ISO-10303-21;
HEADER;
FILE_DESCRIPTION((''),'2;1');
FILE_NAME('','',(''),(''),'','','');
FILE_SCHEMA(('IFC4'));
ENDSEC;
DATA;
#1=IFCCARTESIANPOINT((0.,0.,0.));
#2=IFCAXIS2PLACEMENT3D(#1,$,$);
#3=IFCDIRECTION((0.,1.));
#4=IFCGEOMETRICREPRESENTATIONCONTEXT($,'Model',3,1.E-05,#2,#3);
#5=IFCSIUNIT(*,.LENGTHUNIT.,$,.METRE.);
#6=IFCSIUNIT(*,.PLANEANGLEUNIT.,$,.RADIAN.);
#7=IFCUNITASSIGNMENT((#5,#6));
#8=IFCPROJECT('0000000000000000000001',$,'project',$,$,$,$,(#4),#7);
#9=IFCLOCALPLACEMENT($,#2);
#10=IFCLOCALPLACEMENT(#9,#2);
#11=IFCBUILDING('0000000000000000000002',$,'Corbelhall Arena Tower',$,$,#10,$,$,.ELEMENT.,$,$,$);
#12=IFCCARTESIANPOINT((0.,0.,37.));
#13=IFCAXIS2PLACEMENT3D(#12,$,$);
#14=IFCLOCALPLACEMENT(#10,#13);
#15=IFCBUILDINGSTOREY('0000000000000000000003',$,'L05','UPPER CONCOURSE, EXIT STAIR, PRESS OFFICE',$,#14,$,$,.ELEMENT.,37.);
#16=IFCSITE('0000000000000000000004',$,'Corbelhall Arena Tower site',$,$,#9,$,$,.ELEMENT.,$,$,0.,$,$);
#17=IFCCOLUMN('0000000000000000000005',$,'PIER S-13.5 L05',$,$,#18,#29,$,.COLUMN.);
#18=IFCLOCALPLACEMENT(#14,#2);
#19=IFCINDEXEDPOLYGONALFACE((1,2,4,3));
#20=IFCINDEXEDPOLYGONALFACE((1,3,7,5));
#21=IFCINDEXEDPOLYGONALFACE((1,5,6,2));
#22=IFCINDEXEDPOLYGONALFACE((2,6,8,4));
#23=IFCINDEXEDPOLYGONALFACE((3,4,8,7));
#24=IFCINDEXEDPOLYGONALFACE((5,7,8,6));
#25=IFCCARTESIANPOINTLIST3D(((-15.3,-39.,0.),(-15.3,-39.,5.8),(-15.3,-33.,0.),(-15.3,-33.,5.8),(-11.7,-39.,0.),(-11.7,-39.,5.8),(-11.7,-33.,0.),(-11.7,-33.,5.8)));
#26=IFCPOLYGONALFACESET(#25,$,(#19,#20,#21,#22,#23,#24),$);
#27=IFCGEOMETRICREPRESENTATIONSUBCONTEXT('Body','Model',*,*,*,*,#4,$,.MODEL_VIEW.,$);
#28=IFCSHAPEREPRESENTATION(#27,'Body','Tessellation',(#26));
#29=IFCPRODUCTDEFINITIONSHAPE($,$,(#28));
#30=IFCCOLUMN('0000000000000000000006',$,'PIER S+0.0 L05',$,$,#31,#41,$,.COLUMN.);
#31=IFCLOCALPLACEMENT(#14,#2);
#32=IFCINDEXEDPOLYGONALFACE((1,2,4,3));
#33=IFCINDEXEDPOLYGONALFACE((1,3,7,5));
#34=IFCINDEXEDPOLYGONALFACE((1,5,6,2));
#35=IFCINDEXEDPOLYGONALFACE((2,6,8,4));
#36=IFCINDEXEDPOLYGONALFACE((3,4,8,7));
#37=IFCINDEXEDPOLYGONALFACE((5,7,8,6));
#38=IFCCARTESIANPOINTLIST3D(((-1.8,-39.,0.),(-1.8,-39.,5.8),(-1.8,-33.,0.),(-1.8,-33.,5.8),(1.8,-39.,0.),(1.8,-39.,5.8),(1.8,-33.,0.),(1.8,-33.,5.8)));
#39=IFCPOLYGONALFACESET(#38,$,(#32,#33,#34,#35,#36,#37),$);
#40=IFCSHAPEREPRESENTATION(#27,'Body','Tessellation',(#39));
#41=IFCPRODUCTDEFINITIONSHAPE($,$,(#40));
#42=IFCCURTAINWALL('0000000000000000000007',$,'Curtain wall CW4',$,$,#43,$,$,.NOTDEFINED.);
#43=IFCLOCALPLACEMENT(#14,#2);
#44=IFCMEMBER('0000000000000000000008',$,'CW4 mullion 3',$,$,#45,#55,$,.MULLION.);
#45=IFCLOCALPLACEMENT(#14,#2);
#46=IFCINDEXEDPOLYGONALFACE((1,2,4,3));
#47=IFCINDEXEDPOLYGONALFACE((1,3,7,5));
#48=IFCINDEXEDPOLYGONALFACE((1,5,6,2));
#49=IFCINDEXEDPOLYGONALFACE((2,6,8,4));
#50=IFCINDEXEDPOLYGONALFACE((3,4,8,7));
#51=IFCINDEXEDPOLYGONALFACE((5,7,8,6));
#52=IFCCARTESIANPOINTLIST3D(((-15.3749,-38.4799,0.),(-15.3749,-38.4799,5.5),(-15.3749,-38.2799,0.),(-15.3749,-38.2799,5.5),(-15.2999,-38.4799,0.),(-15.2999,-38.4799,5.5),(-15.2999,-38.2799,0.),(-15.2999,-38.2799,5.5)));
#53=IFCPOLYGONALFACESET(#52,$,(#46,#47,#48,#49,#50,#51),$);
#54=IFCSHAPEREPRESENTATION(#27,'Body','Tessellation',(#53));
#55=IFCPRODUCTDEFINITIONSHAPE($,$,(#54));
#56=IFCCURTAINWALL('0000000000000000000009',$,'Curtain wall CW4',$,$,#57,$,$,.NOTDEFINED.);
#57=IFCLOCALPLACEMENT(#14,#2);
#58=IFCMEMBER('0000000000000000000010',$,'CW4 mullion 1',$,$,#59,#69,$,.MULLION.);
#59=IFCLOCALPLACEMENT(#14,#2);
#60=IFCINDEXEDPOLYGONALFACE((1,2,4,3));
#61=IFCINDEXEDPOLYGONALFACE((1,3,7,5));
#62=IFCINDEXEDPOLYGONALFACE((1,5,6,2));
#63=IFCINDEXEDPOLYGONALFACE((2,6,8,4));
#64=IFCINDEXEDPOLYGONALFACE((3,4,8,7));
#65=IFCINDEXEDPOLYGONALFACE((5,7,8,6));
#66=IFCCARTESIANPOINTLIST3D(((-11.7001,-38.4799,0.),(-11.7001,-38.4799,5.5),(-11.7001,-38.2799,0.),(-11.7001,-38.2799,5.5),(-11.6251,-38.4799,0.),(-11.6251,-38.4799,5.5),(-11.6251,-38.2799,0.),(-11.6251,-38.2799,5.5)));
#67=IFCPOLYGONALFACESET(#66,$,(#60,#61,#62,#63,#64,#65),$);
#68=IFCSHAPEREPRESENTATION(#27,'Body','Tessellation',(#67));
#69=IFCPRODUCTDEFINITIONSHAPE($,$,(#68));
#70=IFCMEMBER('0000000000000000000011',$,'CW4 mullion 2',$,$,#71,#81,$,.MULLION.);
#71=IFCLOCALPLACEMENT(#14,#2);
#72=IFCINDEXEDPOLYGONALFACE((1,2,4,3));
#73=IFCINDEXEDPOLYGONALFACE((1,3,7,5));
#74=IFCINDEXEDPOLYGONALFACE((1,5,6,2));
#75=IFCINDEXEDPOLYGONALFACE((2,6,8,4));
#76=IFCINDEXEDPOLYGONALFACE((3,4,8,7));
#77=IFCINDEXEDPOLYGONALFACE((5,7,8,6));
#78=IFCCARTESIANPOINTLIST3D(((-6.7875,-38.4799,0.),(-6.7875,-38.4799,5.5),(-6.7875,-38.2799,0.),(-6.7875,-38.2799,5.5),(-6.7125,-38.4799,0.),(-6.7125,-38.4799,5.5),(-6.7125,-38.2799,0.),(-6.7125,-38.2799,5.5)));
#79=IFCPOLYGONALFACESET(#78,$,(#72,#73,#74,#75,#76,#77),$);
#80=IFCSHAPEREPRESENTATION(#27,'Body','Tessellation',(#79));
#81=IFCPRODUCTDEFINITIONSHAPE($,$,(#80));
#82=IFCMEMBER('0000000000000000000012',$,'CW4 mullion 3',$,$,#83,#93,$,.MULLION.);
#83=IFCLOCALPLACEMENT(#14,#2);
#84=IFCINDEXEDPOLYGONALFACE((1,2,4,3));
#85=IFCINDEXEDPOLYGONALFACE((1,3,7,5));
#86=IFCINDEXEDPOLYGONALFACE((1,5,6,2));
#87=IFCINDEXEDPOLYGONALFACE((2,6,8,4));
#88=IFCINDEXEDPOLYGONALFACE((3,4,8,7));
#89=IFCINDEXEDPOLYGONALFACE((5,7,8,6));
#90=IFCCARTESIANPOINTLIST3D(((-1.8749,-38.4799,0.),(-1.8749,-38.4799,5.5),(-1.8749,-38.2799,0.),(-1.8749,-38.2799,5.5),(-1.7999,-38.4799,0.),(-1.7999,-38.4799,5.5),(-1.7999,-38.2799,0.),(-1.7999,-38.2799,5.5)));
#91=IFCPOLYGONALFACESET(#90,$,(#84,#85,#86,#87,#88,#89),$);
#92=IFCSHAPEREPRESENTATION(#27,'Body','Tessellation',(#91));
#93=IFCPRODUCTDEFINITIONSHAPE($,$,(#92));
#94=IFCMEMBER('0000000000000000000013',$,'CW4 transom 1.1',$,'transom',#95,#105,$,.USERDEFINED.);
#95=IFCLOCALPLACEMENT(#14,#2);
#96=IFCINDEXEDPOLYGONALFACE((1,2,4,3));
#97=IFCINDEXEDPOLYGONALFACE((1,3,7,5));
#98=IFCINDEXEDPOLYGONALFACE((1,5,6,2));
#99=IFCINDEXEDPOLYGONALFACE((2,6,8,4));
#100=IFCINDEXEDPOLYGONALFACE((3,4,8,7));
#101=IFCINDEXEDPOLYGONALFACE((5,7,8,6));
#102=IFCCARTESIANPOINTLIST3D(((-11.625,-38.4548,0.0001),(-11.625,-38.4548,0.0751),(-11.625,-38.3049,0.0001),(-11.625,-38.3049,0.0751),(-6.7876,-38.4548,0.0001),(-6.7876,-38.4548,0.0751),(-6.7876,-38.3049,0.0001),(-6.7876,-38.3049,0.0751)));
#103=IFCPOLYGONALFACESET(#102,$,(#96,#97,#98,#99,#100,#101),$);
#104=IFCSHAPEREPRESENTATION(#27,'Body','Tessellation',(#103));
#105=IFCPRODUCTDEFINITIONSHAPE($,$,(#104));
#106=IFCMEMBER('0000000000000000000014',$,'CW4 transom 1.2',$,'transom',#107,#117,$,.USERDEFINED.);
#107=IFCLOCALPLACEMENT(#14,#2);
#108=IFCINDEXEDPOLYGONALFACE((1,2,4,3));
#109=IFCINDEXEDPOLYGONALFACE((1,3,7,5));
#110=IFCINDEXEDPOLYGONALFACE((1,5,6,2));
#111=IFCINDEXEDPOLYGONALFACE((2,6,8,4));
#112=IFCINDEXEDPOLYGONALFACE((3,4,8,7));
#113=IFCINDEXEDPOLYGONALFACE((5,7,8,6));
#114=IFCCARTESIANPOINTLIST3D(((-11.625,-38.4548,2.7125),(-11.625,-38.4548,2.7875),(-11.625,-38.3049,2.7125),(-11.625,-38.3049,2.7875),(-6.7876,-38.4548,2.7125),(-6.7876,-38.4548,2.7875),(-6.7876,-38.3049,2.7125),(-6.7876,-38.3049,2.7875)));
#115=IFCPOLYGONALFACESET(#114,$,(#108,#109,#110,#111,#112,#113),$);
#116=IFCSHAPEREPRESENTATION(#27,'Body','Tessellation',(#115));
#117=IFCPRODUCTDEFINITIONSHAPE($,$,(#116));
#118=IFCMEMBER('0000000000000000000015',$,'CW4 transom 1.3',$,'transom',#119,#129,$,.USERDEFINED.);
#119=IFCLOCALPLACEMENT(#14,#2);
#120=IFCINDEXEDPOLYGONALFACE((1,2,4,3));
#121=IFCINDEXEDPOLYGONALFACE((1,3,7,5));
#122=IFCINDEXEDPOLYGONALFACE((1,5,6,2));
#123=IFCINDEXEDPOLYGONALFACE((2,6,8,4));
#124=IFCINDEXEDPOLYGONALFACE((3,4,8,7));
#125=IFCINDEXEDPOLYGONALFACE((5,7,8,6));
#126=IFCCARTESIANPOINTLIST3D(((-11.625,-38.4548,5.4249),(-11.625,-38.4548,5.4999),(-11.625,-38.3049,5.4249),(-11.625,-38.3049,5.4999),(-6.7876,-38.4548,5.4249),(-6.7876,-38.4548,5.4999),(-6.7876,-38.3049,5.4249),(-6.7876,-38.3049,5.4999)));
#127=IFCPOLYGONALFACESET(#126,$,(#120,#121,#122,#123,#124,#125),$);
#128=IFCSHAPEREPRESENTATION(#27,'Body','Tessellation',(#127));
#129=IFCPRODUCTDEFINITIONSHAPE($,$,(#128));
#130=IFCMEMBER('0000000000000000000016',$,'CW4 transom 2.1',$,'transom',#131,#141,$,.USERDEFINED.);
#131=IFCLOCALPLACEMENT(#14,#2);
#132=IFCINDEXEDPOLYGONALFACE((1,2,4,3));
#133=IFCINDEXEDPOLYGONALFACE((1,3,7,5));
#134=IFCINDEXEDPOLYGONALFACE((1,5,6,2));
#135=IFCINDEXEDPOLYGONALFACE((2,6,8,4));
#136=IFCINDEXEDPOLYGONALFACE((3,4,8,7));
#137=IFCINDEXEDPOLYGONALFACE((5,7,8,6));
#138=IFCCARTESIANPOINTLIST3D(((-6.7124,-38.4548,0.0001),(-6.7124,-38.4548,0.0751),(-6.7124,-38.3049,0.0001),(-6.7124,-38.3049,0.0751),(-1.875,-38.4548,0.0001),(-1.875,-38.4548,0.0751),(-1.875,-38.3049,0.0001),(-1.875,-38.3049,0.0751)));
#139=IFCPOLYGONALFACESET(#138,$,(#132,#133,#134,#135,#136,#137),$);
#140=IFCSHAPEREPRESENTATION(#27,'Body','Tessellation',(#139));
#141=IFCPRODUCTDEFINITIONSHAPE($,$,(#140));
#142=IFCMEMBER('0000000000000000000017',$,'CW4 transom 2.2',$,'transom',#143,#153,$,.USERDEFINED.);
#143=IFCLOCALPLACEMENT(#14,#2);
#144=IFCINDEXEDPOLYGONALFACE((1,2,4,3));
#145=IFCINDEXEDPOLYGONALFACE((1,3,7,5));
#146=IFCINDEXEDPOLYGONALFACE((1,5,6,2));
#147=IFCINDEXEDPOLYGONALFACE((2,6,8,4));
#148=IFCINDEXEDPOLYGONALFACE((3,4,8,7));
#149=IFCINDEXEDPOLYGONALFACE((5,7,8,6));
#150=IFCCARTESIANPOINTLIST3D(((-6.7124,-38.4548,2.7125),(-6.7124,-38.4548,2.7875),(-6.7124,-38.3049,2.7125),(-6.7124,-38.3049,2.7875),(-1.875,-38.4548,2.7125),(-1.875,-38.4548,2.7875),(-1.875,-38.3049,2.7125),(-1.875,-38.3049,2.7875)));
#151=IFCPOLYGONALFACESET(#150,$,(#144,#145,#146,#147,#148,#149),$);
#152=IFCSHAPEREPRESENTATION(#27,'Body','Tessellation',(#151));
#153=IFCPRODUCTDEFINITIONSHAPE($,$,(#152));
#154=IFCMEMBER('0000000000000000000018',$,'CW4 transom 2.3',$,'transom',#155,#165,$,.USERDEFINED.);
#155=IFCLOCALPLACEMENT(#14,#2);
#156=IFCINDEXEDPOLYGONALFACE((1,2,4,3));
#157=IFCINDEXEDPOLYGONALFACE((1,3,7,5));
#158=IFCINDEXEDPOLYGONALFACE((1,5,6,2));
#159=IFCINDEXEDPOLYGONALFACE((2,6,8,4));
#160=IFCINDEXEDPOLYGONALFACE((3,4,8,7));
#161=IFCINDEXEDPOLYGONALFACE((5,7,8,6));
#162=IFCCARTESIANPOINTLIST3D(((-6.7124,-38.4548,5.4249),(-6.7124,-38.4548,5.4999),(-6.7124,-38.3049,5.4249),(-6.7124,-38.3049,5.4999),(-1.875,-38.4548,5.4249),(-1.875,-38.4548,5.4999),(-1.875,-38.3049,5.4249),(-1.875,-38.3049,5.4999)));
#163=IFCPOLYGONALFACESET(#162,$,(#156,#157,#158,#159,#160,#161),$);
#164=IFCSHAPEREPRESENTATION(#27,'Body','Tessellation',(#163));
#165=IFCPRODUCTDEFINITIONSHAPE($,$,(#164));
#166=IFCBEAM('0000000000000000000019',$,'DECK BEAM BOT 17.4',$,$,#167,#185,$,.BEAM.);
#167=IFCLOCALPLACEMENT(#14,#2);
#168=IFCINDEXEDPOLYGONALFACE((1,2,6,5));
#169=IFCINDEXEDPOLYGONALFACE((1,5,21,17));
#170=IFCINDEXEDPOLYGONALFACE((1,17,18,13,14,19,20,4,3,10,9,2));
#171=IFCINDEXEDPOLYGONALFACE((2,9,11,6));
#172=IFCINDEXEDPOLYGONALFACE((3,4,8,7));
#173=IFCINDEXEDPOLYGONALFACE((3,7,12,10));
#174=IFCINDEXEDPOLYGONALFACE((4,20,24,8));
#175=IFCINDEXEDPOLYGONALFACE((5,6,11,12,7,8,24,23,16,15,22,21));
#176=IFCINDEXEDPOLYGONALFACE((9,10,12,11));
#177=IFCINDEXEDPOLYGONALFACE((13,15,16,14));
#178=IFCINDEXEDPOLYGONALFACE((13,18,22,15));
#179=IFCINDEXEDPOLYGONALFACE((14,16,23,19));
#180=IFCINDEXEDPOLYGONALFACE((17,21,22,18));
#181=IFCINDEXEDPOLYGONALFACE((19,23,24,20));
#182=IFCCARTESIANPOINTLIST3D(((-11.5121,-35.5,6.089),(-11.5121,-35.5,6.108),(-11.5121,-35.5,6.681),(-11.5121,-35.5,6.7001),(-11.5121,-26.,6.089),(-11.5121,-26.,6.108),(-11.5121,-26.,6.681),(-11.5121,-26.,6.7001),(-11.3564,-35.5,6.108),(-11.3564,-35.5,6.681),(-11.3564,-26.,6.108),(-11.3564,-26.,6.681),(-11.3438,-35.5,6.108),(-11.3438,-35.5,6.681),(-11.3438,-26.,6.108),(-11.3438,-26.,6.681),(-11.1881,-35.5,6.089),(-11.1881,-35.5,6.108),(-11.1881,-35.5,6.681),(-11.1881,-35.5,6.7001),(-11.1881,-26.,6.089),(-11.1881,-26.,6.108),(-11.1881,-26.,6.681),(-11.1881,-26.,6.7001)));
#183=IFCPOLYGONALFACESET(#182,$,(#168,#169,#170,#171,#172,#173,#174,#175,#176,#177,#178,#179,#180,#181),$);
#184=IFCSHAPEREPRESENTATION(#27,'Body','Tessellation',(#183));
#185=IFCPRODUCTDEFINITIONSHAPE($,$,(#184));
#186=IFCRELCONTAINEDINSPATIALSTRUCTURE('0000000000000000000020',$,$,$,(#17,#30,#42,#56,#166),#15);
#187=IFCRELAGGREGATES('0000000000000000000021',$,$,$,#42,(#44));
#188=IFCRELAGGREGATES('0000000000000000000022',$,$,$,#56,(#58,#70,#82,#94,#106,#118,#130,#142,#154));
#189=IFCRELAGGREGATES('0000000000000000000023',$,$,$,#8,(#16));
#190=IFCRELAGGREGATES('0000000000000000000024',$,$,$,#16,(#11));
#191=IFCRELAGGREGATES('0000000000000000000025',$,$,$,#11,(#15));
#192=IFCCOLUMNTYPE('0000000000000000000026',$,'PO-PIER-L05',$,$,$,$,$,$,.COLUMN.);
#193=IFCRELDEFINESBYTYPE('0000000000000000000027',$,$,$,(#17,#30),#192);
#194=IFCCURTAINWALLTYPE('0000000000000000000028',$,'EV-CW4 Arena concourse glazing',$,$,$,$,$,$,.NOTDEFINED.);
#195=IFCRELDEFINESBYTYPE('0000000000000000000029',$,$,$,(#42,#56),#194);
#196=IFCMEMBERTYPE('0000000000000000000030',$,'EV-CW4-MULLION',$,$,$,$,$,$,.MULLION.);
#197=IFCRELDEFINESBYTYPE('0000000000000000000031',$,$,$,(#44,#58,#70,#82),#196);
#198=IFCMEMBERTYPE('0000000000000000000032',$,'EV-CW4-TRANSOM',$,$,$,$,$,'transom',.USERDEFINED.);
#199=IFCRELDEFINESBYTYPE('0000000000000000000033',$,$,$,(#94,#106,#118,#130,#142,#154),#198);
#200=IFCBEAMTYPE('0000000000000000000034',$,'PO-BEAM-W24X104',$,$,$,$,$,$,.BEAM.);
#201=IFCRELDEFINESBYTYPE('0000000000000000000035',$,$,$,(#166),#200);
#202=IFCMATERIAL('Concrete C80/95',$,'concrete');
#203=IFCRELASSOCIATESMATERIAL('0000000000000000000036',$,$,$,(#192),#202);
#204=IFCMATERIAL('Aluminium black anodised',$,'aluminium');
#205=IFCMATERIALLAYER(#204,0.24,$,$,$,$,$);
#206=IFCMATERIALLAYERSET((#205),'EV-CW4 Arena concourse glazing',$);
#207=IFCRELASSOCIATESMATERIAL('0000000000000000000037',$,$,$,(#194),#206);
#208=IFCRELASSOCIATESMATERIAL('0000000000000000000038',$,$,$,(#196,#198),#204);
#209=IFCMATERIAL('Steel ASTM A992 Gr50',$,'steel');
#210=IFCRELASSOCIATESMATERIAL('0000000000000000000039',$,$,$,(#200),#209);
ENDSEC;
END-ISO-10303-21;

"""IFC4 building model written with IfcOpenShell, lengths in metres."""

from ifc_helpers import new_model, si_unit, direction, frame, origin, origin_2d, place, context, subcontext, project, spatial, rectangle, i_section, extrude, material, layer, layer_set, material_profile, profile_set, type_object, element, aggregate, save


model = new_model("IFC4")

# Units and contexts
model_context = context("Model", 3, precision=1e-05, world=origin(), true_north=direction((0.0, 1.0)))
body_context = subcontext(model_context, "Body", "Model", "MODEL_VIEW")
ifc_project = project(units=[si_unit("LENGTHUNIT", "METRE"), si_unit("PLANEANGLEUNIT", "RADIAN")], contexts=[model_context])

# Site, building, storey
site_placement = place(None, origin())
site = spatial("IfcSite", under=ifc_project, at=site_placement, Name="Corbelhall Arena Tower site", CompositionType="ELEMENT", RefElevation=0.0)
building_placement = place(site_placement, origin())
building = spatial("IfcBuilding", under=site, at=building_placement, Name="Corbelhall Arena Tower", CompositionType="ELEMENT")
storey_placement = place(building_placement, frame((0.0, 0.0, 37.0)))
storey = spatial("IfcBuildingStorey", under=building, at=storey_placement, Name="L05", Description="UPPER CONCOURSE, EXIT STAIR, PRESS OFFICE", CompositionType="ELEMENT", Elevation=37.0)

# Columns
ifc_material_1 = material(Name="Concrete C80/95", Category="concrete")
ifc_material_profile_1 = material_profile(ifc_material_1, rectangle(XDim=3.6001, YDim=6.0, at=origin_2d()))
ifc_profile_set_1 = profile_set([ifc_material_profile_1], Name="Concrete C80/95")
column_type = type_object("IfcColumnType", Name="PO-PIER-L05", PredefinedType="COLUMN", material=ifc_profile_set_1)
for number, where, z_axis, x_axis, name in (
    (1, (-13.5, -36.0, 0.0), (0.0, 0.0, 1.0), (1.0, 0.0, 0.0), "PIER S-13.5 L05"),
    (2, (0.0, -36.0, 0.0), (0.0, 0.0, 1.0), (1.0, 0.0, 0.0), "PIER S+0.0 L05"),
):
    element("IfcColumn", number, at=place(storey_placement, frame(where, z_axis=z_axis, x_axis=x_axis)), inside=storey, type_object=column_type, Name=name, PredefinedType="COLUMN", context=body_context, shape_type="SweptSolid", body=[
        extrude(rectangle(XDim=3.6001, YDim=6.0, at=origin_2d()), origin(), (0.0, 0.0, 1.0), 5.8),
    ])

# Curtain wall, member
ifc_material_2 = material(Name="Aluminium black anodised", Category="aluminium")
ifc_layer_1 = layer(ifc_material_2, 0.24)
ifc_layer_set_1 = layer_set([ifc_layer_1], Name="EV-CW4 Arena concourse glazing")
curtain_wall_type = type_object("IfcCurtainWallType", Name="EV-CW4 Arena concourse glazing", PredefinedType="NOTDEFINED", material=ifc_layer_set_1)
curtain_wall_1_placement = place(storey_placement, origin())
curtain_wall_1 = element("IfcCurtainWall", 3, at=curtain_wall_1_placement, inside=storey, type_object=curtain_wall_type, Name="Curtain wall CW4", PredefinedType="NOTDEFINED")
ifc_material_profile_2 = material_profile(ifc_material_2, rectangle(XDim=0.2, YDim=0.075, at=origin_2d()))
ifc_profile_set_2 = profile_set([ifc_material_profile_2], Name="Aluminium black anodised")
member_type_1 = type_object("IfcMemberType", Name="EV-CW4-MULLION", PredefinedType="MULLION", material=ifc_profile_set_2)
member_1_placement = place(storey_placement, frame((-15.3374, -38.3799, 0.0), z_axis=(0.0, 0.0, 1.0), x_axis=(0.0, 1.0, 0.0)))
member_1 = element("IfcMember", 4, at=member_1_placement, type_object=member_type_1, Name="CW4 mullion 3", PredefinedType="MULLION", context=body_context, shape_type="SweptSolid", body=[
    extrude(rectangle(XDim=0.2, YDim=0.075, at=origin_2d()), origin(), (0.0, 0.0, 1.0), 5.5),
])
aggregate(curtain_wall_1, [member_1])

# Curtain wall, members
curtain_wall_2_placement = place(storey_placement, origin())
curtain_wall_2 = element("IfcCurtainWall", 5, at=curtain_wall_2_placement, inside=storey, type_object=curtain_wall_type, Name="Curtain wall CW4", PredefinedType="NOTDEFINED")
member_2_placement = place(storey_placement, frame((-11.6626, -38.3799, 0.0), z_axis=(0.0, 0.0, 1.0), x_axis=(0.0, 1.0, 0.0)))
member_2 = element("IfcMember", 6, at=member_2_placement, type_object=member_type_1, Name="CW4 mullion 1", PredefinedType="MULLION", context=body_context, shape_type="SweptSolid", body=[
    extrude(rectangle(XDim=0.2, YDim=0.075, at=origin_2d()), origin(), (0.0, 0.0, 1.0), 5.5),
])
member_3_placement = place(storey_placement, frame((-6.75, -38.3799, 0.0), z_axis=(0.0, 0.0, 1.0), x_axis=(0.0, 1.0, 0.0)))
member_3 = element("IfcMember", 7, at=member_3_placement, type_object=member_type_1, Name="CW4 mullion 2", PredefinedType="MULLION", context=body_context, shape_type="SweptSolid", body=[
    extrude(rectangle(XDim=0.2, YDim=0.075, at=origin_2d()), origin(), (0.0, 0.0, 1.0), 5.5),
])
member_4_placement = place(storey_placement, frame((-1.8374, -38.3799, 0.0), z_axis=(0.0, 0.0, 1.0), x_axis=(0.0, 1.0, 0.0)))
member_4 = element("IfcMember", 8, at=member_4_placement, type_object=member_type_1, Name="CW4 mullion 3", PredefinedType="MULLION", context=body_context, shape_type="SweptSolid", body=[
    extrude(rectangle(XDim=0.2, YDim=0.075, at=origin_2d()), origin(), (0.0, 0.0, 1.0), 5.5),
])
ifc_material_profile_3 = material_profile(ifc_material_2, rectangle(XDim=0.1499, YDim=0.075, at=origin_2d()))
ifc_profile_set_3 = profile_set([ifc_material_profile_3], Name="Aluminium black anodised")
member_type_2 = type_object("IfcMemberType", Name="EV-CW4-TRANSOM", ElementType="transom", PredefinedType="USERDEFINED", material=ifc_profile_set_3)
member_5_placement = place(storey_placement, frame((-11.625, -38.3799, 0.0376), z_axis=(1.0, 0.0, 0.0), x_axis=(0.0, 1.0, 0.0)))
member_5 = element("IfcMember", 9, at=member_5_placement, type_object=member_type_2, Name="CW4 transom 1.1", ObjectType="transom", PredefinedType="USERDEFINED", context=body_context, shape_type="SweptSolid", body=[
    extrude(rectangle(XDim=0.1499, YDim=0.075, at=origin_2d()), origin(), (0.0, 0.0, 1.0), 4.8374),
])
member_6_placement = place(storey_placement, frame((-11.625, -38.3799, 2.75), z_axis=(1.0, 0.0, 0.0), x_axis=(0.0, 1.0, 0.0)))
member_6 = element("IfcMember", 10, at=member_6_placement, type_object=member_type_2, Name="CW4 transom 1.2", ObjectType="transom", PredefinedType="USERDEFINED", context=body_context, shape_type="SweptSolid", body=[
    extrude(rectangle(XDim=0.1499, YDim=0.075, at=origin_2d()), origin(), (0.0, 0.0, 1.0), 4.8374),
])
member_7_placement = place(storey_placement, frame((-11.625, -38.3799, 5.4624), z_axis=(1.0, 0.0, 0.0), x_axis=(0.0, 1.0, 0.0)))
member_7 = element("IfcMember", 11, at=member_7_placement, type_object=member_type_2, Name="CW4 transom 1.3", ObjectType="transom", PredefinedType="USERDEFINED", context=body_context, shape_type="SweptSolid", body=[
    extrude(rectangle(XDim=0.1499, YDim=0.075, at=origin_2d()), origin(), (0.0, 0.0, 1.0), 4.8374),
])
member_8_placement = place(storey_placement, frame((-6.7124, -38.3799, 0.0376), z_axis=(1.0, 0.0, 0.0), x_axis=(0.0, 1.0, 0.0)))
member_8 = element("IfcMember", 12, at=member_8_placement, type_object=member_type_2, Name="CW4 transom 2.1", ObjectType="transom", PredefinedType="USERDEFINED", context=body_context, shape_type="SweptSolid", body=[
    extrude(rectangle(XDim=0.1499, YDim=0.075, at=origin_2d()), origin(), (0.0, 0.0, 1.0), 4.8374),
])
member_9_placement = place(storey_placement, frame((-6.7124, -38.3799, 2.75), z_axis=(1.0, 0.0, 0.0), x_axis=(0.0, 1.0, 0.0)))
member_9 = element("IfcMember", 13, at=member_9_placement, type_object=member_type_2, Name="CW4 transom 2.2", ObjectType="transom", PredefinedType="USERDEFINED", context=body_context, shape_type="SweptSolid", body=[
    extrude(rectangle(XDim=0.1499, YDim=0.075, at=origin_2d()), origin(), (0.0, 0.0, 1.0), 4.8374),
])
member_10_placement = place(storey_placement, frame((-6.7124, -38.3799, 5.4624), z_axis=(1.0, 0.0, 0.0), x_axis=(0.0, 1.0, 0.0)))
member_10 = element("IfcMember", 14, at=member_10_placement, type_object=member_type_2, Name="CW4 transom 2.3", ObjectType="transom", PredefinedType="USERDEFINED", context=body_context, shape_type="SweptSolid", body=[
    extrude(rectangle(XDim=0.1499, YDim=0.075, at=origin_2d()), origin(), (0.0, 0.0, 1.0), 4.8374),
])

# Beam
ifc_material_3 = material(Name="Steel ASTM A992 Gr50", Category="steel")
ifc_material_profile_4 = material_profile(ifc_material_3, i_section(OverallWidth=0.324, OverallDepth=0.6111, WebThickness=0.0127, FlangeThickness=0.019, at=origin_2d()))
ifc_profile_set_4 = profile_set([ifc_material_profile_4], Name="Steel ASTM A992 Gr50")
beam_type = type_object("IfcBeamType", Name="PO-BEAM-W24X104", PredefinedType="BEAM", material=ifc_profile_set_4)
for number, where, z_axis, x_axis, name in (
    (15, (-11.3501, -35.5, 6.3945), (0.0, 1.0, 0.0), (-1.0, 0.0, 0.0), "DECK BEAM BOT 17.4"),
):
    element("IfcBeam", number, at=place(storey_placement, frame(where, z_axis=z_axis, x_axis=x_axis)), inside=storey, type_object=beam_type, Name=name, PredefinedType="BEAM", context=body_context, shape_type="SweptSolid", body=[
        extrude(i_section(OverallWidth=0.324, OverallDepth=0.6111, WebThickness=0.0127, FlangeThickness=0.019, at=origin_2d()), origin(), (0.0, 0.0, 1.0), 9.5),
    ])

aggregate(curtain_wall_2, [member_2, member_3, member_4, member_5, member_6, member_7, member_8, member_9, member_10])

save(model, "model.ifc")
